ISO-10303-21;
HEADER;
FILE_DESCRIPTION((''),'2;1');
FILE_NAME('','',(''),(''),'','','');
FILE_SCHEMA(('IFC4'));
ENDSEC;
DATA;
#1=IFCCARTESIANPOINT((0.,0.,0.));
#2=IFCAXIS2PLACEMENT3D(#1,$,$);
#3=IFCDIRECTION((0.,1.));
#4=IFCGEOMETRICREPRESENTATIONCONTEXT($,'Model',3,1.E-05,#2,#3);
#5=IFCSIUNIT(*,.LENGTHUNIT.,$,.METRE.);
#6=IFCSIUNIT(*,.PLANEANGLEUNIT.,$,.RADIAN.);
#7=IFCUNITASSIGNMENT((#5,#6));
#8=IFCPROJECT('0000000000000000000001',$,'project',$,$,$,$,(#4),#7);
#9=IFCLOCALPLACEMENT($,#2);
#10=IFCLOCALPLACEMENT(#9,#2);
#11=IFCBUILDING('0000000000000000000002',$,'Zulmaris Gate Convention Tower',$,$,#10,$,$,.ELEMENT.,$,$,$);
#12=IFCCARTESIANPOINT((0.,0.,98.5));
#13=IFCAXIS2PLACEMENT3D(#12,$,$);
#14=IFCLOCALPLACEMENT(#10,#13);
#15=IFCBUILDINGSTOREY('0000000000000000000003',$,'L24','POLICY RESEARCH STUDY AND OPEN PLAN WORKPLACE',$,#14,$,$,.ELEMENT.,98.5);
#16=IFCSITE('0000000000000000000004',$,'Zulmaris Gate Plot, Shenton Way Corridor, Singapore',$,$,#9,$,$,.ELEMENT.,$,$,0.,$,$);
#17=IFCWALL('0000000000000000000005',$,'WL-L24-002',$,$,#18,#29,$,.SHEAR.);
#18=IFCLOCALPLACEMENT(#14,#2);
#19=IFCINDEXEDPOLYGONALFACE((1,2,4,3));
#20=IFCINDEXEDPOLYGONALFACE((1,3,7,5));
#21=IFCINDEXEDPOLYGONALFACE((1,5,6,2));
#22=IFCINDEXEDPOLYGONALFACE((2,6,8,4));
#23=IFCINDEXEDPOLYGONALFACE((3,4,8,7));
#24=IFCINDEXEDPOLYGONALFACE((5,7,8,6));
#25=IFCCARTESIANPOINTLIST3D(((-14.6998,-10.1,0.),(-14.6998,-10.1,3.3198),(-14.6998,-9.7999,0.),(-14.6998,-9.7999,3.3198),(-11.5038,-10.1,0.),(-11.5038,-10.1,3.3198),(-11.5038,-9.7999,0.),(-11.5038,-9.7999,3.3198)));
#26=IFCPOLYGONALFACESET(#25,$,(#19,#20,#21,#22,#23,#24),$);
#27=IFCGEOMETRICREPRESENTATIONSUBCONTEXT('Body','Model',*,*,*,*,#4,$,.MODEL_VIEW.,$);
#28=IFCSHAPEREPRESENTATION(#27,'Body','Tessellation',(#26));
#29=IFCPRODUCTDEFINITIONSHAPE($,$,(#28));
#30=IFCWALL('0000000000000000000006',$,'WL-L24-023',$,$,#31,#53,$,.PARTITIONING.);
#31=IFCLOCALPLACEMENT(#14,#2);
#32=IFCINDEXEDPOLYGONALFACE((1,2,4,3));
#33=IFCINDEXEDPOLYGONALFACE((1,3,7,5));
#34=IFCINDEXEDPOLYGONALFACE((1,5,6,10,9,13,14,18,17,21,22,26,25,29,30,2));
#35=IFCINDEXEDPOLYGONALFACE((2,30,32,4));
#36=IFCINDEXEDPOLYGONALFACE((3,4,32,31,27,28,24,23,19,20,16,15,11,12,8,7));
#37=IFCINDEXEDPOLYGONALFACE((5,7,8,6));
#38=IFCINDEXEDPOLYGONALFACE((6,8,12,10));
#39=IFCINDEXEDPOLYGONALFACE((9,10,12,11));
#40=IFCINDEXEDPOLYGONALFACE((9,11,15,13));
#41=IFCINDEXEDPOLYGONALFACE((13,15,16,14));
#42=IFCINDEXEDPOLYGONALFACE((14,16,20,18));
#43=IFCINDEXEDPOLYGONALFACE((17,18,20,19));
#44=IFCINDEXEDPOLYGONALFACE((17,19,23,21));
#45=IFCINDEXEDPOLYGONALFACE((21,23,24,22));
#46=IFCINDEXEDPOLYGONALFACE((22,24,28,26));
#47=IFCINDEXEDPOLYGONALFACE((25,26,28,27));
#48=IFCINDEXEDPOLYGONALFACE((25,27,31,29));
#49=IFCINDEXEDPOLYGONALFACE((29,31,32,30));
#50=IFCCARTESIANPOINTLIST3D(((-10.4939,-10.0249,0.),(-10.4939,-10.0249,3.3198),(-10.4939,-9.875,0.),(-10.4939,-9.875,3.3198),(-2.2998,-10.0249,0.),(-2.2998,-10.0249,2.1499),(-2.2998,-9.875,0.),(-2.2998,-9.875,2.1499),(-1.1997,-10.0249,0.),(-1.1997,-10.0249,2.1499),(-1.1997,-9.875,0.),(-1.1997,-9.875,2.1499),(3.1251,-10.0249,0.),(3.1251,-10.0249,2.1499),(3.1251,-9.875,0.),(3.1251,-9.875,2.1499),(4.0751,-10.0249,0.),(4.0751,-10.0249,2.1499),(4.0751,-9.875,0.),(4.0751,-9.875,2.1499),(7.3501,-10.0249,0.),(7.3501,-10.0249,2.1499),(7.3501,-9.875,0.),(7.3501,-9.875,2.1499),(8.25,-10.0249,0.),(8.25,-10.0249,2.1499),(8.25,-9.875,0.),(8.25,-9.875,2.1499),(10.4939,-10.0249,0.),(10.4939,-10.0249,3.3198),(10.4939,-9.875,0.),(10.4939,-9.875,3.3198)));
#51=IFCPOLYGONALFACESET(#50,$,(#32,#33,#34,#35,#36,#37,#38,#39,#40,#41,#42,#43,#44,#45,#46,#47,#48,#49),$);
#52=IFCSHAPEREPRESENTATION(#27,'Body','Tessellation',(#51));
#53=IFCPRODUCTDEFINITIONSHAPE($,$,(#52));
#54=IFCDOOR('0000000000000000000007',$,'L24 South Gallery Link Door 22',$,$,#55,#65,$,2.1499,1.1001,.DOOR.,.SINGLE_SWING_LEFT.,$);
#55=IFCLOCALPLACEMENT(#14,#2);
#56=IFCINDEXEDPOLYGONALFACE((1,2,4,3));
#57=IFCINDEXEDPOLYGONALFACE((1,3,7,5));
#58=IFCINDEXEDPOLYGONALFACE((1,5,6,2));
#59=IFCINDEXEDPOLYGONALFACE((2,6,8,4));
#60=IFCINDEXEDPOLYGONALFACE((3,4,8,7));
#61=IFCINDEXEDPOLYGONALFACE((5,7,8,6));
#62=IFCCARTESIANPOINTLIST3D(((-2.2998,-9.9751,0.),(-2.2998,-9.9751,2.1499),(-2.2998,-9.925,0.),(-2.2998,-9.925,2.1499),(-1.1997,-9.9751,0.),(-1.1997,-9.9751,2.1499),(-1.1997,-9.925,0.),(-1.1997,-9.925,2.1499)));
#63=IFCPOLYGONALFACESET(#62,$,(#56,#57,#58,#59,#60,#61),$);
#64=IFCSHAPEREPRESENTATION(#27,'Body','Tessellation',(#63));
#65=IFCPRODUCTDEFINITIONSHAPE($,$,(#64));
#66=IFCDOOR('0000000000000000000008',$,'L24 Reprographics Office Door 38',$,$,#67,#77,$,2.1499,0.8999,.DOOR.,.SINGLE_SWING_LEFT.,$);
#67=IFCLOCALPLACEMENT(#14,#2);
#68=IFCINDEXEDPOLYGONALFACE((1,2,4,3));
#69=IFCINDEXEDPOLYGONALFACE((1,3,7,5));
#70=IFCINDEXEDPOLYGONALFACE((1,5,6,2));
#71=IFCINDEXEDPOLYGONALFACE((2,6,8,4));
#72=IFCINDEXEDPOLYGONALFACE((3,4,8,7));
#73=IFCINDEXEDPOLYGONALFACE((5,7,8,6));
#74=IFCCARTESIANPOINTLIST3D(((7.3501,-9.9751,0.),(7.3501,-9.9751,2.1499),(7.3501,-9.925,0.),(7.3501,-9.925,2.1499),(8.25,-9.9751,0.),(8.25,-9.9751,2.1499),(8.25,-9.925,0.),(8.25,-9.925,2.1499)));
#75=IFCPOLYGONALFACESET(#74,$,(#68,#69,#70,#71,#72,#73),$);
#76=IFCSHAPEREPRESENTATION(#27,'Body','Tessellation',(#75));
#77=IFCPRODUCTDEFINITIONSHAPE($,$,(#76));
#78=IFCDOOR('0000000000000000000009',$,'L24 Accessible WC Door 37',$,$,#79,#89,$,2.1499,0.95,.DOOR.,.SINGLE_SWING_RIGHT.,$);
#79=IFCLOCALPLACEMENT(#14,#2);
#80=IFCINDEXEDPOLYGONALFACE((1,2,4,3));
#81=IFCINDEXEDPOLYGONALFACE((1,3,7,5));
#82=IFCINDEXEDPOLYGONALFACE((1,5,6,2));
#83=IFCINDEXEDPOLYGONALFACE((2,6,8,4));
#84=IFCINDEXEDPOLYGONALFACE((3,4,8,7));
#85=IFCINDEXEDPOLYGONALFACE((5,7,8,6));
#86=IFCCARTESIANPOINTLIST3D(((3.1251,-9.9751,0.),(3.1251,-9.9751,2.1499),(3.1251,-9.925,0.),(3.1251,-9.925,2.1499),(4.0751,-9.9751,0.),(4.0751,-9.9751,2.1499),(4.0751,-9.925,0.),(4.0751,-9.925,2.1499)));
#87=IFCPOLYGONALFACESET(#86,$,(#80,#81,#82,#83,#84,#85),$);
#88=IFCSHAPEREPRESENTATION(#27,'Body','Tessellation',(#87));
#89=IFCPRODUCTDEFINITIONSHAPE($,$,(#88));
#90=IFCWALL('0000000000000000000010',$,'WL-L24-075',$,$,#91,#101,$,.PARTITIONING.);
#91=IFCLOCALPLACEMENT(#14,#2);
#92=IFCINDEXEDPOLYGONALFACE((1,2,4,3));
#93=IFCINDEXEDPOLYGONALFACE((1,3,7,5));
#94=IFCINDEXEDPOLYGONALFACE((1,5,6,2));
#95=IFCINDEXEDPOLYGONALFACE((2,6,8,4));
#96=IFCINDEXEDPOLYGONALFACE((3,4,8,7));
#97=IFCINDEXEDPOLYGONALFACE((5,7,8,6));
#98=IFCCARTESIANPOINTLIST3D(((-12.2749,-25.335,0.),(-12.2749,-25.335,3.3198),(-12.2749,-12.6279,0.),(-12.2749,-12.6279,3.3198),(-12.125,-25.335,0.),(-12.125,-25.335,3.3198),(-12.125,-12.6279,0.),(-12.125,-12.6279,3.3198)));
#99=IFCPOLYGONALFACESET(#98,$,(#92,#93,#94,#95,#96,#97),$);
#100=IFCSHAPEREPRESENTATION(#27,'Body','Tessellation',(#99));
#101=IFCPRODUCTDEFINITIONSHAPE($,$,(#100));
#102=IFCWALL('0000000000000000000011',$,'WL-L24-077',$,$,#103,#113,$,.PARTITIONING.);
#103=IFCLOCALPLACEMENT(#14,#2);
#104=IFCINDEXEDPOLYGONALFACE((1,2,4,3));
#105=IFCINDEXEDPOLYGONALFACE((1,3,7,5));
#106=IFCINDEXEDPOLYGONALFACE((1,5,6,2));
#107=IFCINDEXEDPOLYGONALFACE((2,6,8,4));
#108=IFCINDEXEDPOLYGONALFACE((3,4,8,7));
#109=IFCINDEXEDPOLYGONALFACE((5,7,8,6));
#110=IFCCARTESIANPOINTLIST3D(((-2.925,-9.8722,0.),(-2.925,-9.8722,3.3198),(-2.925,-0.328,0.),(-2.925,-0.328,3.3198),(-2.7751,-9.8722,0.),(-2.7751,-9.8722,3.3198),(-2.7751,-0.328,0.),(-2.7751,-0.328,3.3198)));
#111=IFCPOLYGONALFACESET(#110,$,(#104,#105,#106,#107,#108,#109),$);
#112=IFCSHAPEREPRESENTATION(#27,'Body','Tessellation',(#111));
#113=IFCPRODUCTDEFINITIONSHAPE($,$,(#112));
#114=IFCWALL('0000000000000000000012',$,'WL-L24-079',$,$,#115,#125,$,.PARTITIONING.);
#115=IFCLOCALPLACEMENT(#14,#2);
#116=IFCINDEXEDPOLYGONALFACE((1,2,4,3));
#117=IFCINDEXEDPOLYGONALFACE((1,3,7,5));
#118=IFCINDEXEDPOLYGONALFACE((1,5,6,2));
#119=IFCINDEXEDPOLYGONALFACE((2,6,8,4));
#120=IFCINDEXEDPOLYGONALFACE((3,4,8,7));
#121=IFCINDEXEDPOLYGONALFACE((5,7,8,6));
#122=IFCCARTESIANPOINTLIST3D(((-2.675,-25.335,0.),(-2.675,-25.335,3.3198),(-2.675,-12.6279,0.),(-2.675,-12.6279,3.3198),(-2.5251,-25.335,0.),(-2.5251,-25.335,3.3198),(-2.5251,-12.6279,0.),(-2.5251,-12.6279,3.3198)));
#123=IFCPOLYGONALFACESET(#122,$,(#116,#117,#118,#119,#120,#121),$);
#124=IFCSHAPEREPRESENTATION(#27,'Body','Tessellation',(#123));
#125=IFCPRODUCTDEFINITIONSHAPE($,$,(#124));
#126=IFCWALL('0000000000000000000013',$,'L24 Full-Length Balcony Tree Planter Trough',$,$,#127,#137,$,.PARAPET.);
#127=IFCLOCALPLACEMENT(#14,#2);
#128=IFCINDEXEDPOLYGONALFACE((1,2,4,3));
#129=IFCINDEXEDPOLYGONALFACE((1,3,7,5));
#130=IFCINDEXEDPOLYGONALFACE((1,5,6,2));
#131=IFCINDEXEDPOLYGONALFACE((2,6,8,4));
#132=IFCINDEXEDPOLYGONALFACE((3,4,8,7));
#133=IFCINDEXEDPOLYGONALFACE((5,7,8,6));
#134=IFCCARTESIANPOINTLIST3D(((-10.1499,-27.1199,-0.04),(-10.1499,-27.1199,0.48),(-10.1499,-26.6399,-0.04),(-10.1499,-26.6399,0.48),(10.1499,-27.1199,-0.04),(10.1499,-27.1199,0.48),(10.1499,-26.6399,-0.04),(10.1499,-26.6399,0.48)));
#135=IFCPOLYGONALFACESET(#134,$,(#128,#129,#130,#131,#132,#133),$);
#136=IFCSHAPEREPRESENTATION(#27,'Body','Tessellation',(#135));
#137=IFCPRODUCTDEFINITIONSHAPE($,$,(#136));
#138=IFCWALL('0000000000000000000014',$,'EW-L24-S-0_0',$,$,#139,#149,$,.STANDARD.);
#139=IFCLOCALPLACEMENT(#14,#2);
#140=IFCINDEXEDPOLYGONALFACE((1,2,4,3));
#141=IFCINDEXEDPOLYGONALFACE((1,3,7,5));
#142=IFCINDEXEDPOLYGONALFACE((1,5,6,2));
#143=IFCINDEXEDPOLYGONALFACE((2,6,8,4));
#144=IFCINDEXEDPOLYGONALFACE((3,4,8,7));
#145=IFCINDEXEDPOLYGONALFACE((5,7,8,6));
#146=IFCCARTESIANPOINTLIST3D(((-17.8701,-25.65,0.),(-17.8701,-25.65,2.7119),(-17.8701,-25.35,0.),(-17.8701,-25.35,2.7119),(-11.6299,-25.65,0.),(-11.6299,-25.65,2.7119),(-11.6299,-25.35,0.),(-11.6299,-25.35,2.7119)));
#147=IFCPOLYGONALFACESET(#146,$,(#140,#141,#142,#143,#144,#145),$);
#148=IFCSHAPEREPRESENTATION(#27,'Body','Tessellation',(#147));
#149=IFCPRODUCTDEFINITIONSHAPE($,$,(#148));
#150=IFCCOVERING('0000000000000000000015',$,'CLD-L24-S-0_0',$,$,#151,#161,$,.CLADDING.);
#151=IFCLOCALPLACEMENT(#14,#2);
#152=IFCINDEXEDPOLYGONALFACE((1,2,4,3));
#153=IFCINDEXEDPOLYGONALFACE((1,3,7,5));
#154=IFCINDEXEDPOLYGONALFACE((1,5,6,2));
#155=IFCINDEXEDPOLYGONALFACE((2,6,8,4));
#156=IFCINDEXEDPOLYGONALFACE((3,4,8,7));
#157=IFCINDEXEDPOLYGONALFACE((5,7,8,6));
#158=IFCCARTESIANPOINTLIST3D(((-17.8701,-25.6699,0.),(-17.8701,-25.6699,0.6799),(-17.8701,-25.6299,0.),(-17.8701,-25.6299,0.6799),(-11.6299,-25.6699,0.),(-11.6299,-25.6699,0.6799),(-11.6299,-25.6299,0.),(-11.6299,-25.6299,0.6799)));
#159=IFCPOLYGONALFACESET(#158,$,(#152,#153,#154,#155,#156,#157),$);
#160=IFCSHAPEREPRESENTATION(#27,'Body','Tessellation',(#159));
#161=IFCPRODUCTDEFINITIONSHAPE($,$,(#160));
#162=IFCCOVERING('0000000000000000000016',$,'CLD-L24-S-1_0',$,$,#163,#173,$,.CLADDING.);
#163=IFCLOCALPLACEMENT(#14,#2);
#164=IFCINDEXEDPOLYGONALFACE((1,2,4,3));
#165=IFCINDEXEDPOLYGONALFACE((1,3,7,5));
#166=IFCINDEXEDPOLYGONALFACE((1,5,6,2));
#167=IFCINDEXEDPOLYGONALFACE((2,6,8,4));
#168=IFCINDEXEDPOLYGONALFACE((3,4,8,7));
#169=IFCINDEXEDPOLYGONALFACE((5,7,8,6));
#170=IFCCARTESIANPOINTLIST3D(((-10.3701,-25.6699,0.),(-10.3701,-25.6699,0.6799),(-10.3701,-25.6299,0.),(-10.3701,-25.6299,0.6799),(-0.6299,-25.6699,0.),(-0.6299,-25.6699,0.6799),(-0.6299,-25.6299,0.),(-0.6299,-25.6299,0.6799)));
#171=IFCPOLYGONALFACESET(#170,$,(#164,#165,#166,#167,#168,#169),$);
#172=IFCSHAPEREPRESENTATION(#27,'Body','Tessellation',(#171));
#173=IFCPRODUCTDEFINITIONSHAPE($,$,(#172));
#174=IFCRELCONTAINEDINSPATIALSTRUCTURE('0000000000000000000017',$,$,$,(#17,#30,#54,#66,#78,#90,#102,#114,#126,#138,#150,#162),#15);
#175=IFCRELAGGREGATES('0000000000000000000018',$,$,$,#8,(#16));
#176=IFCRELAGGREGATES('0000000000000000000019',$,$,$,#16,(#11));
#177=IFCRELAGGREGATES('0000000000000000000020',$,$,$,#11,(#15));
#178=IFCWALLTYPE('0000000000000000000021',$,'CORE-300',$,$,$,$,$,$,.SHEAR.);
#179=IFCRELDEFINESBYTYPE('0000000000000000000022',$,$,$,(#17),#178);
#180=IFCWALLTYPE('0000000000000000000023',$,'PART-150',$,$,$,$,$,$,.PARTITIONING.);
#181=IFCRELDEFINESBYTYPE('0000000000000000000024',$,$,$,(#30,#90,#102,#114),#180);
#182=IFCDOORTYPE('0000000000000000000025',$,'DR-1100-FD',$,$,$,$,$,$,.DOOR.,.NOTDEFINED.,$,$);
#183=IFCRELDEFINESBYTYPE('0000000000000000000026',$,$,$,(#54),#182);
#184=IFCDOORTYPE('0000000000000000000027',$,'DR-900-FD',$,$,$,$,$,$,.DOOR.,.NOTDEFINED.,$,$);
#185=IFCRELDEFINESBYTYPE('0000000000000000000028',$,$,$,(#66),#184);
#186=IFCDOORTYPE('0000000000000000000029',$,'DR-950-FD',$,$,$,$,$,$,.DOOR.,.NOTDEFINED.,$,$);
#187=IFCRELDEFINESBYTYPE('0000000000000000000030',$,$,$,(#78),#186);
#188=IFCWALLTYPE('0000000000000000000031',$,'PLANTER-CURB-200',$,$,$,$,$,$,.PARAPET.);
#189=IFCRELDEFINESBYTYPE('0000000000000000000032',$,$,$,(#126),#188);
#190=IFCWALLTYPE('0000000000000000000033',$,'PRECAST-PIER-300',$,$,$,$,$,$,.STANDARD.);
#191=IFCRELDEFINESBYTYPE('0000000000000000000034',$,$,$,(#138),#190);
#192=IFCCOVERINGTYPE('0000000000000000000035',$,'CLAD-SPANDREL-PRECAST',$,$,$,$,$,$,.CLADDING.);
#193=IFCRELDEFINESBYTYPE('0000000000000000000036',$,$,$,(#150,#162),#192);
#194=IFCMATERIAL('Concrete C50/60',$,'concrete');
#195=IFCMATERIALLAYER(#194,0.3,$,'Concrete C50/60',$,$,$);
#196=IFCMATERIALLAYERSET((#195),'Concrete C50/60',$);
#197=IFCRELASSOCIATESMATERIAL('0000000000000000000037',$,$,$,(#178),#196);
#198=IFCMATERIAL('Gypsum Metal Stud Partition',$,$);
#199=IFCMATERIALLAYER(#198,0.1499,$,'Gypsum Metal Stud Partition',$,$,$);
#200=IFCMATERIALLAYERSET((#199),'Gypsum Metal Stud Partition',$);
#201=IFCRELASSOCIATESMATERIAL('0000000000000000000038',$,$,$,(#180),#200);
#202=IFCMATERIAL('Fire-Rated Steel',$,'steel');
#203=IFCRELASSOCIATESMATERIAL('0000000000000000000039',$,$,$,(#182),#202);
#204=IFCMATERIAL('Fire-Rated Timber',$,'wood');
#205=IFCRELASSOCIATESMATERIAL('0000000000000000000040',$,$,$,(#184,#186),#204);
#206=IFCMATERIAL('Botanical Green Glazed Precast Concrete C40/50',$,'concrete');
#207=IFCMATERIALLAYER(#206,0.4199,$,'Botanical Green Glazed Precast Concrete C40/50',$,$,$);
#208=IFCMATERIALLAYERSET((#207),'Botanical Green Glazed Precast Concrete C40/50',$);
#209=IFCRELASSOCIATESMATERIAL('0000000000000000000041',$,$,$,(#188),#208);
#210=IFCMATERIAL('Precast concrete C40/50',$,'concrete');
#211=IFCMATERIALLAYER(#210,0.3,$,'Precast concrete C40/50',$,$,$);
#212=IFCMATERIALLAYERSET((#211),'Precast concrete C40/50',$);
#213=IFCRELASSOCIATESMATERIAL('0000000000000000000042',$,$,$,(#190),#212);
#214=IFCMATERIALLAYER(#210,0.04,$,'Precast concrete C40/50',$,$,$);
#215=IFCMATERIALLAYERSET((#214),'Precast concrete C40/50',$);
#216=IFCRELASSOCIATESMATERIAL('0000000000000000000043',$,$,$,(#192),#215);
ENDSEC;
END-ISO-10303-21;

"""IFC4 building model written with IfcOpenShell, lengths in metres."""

from ifc_helpers import new_model, si_unit, direction, frame, frame_2d, origin, place, context, subcontext, project, spatial, rectangle, extrude, material, layer, layer_set, type_object, element, fill, save


model = new_model("IFC4")

# Units and contexts
model_context = context("Model", 3, precision=1e-05, world=origin(), true_north=direction((0.0, 1.0)))
body_context = subcontext(model_context, "Body", "Model", "MODEL_VIEW")
ifc_project = project(units=[si_unit("LENGTHUNIT", "METRE"), si_unit("PLANEANGLEUNIT", "RADIAN")], contexts=[model_context])

# Site, building, storey
site_placement = place(None, origin())
site = spatial("IfcSite", under=ifc_project, at=site_placement, Name="Zulmaris Gate Plot, Shenton Way Corridor, Singapore", CompositionType="ELEMENT", RefElevation=0.0)
building_placement = place(site_placement, origin())
building = spatial("IfcBuilding", under=site, at=building_placement, Name="Zulmaris Gate Convention Tower", CompositionType="ELEMENT")
storey_placement = place(building_placement, frame((0.0, 0.0, 98.5)))
storey = spatial("IfcBuildingStorey", under=building, at=storey_placement, Name="L24", Description="POLICY RESEARCH STUDY AND OPEN PLAN WORKPLACE", CompositionType="ELEMENT", Elevation=98.5)

# Wall
ifc_material_1 = material(Name="Concrete C50/60", Category="concrete")
ifc_layer_1 = layer(ifc_material_1, 0.3, Name="Concrete C50/60")
ifc_layer_set_1 = layer_set([ifc_layer_1], Name="Concrete C50/60")
wall_type_1 = type_object("IfcWallType", Name="CORE-300", PredefinedType="SHEAR", material=ifc_layer_set_1)
wall_1_placement = place(storey_placement, frame((-14.7, -9.95, 0.0), z_axis=(0.0, 0.0, 1.0), x_axis=(1.0, 0.0, 0.0)))
element("IfcWall", 1, at=wall_1_placement, inside=storey, type_object=wall_type_1, Name="WL-L24-002", PredefinedType="SHEAR", context=body_context, shape_type="SweptSolid", body=[
    extrude(rectangle(XDim=3.196, YDim=0.3, at=frame_2d((1.5981, 0.0))), origin(), (0.0, 0.0, 1.0), 3.3198),
])

# Wall, openings, doors
ifc_material_2 = material(Name="Gypsum Metal Stud Partition")
ifc_layer_2 = layer(ifc_material_2, 0.1499, Name="Gypsum Metal Stud Partition")
ifc_layer_set_2 = layer_set([ifc_layer_2], Name="Gypsum Metal Stud Partition")
wall_type_2 = type_object("IfcWallType", Name="PART-150", PredefinedType="PARTITIONING", material=ifc_layer_set_2)
wall_2_placement = place(storey_placement, frame((-10.4939, -9.95, 0.0), z_axis=(0.0, 0.0, 1.0), x_axis=(1.0, 0.0, 0.0)))
wall_2 = element("IfcWall", 2, at=wall_2_placement, inside=storey, type_object=wall_type_2, Name="WL-L24-023", PredefinedType="PARTITIONING", context=body_context, shape_type="SweptSolid", body=[
    extrude(rectangle(XDim=20.9878, YDim=0.1499, at=frame_2d((10.4939, 0.0))), origin(), (0.0, 0.0, 1.0), 3.3198),
])
opening_1_placement = place(wall_2_placement, frame((8.1941, 0.0, 0.0)))
opening_1 = element("IfcOpeningElement", 3, at=opening_1_placement, cuts=wall_2, PredefinedType="OPENING", context=body_context, shape_type="SweptSolid", body=[
    extrude(rectangle(XDim=1.1001, YDim=2.1499, at=frame_2d((0.55, 1.075))), frame((0.0, 0.085, 0.0), z_axis=(0.0, -1.0, 0.0), x_axis=(1.0, 0.0, 0.0)), (0.0, 0.0, 1.0), 0.1699),
])
opening_2_placement = place(wall_2_placement, frame((13.6189, 0.0, 0.0)))
opening_2 = element("IfcOpeningElement", 4, at=opening_2_placement, cuts=wall_2, PredefinedType="OPENING", context=body_context, shape_type="SweptSolid", body=[
    extrude(rectangle(XDim=0.95, YDim=2.1499, at=frame_2d((0.4751, 1.075))), frame((0.0, 0.085, 0.0), z_axis=(0.0, -1.0, 0.0), x_axis=(1.0, 0.0, 0.0)), (0.0, 0.0, 1.0), 0.1699),
])
opening_3_placement = place(wall_2_placement, frame((17.844, 0.0, 0.0)))
opening_3 = element("IfcOpeningElement", 5, at=opening_3_placement, cuts=wall_2, PredefinedType="OPENING", context=body_context, shape_type="SweptSolid", body=[
    extrude(rectangle(XDim=0.8999, YDim=2.1499, at=frame_2d((0.45, 1.075))), frame((0.0, 0.085, 0.0), z_axis=(0.0, -1.0, 0.0), x_axis=(1.0, 0.0, 0.0)), (0.0, 0.0, 1.0), 0.1699),
])
ifc_material_3 = material(Name="Fire-Rated Steel", Category="steel")
door_type_1 = type_object("IfcDoorType", Name="DR-1100-FD", OperationType="NOTDEFINED", PredefinedType="DOOR", material=ifc_material_3)
door_1_placement = place(opening_1_placement, origin())
door_1 = element("IfcDoor", 6, at=door_1_placement, inside=storey, type_object=door_type_1, Name="L24 South Gallery Link Door 22", OperationType="SINGLE_SWING_LEFT", OverallHeight=2.1499, OverallWidth=1.1001, PredefinedType="DOOR", context=body_context, shape_type="SweptSolid", body=[
    extrude(rectangle(XDim=1.1001, YDim=2.1499, at=frame_2d((0.55, 1.075))), frame((0.0, 0.0249, 0.0), z_axis=(0.0, -1.0, 0.0), x_axis=(1.0, 0.0, 0.0)), (0.0, 0.0, 1.0), 0.05),
])
fill(opening_1, door_1)
ifc_material_4 = material(Name="Fire-Rated Timber", Category="wood")
door_type_2 = type_object("IfcDoorType", Name="DR-900-FD", OperationType="NOTDEFINED", PredefinedType="DOOR", material=ifc_material_4)
door_2_placement = place(opening_3_placement, origin())
door_2 = element("IfcDoor", 7, at=door_2_placement, inside=storey, type_object=door_type_2, Name="L24 Reprographics Office Door 38", OperationType="SINGLE_SWING_LEFT", OverallHeight=2.1499, OverallWidth=0.8999, PredefinedType="DOOR", context=body_context, shape_type="SweptSolid", body=[
    extrude(rectangle(XDim=0.8999, YDim=2.1499, at=frame_2d((0.45, 1.075))), frame((0.0, 0.0249, 0.0), z_axis=(0.0, -1.0, 0.0), x_axis=(1.0, 0.0, 0.0)), (0.0, 0.0, 1.0), 0.05),
])
fill(opening_3, door_2)
door_type_3 = type_object("IfcDoorType", Name="DR-950-FD", OperationType="NOTDEFINED", PredefinedType="DOOR", material=ifc_material_4)
door_3_placement = place(opening_2_placement, origin())
door_3 = element("IfcDoor", 8, at=door_3_placement, inside=storey, type_object=door_type_3, Name="L24 Accessible WC Door 37", OperationType="SINGLE_SWING_RIGHT", OverallHeight=2.1499, OverallWidth=0.95, PredefinedType="DOOR", context=body_context, shape_type="SweptSolid", body=[
    extrude(rectangle(XDim=0.95, YDim=2.1499, at=frame_2d((0.4751, 1.075))), frame((0.0, 0.0249, 0.0), z_axis=(0.0, -1.0, 0.0), x_axis=(1.0, 0.0, 0.0)), (0.0, 0.0, 1.0), 0.05),
])
fill(opening_2, door_3)

# Walls
wall_3_placement = place(storey_placement, frame((-12.2, -25.335, 0.0), z_axis=(0.0, 0.0, 1.0), x_axis=(0.0, 1.0, 0.0)))
element("IfcWall", 9, at=wall_3_placement, inside=storey, type_object=wall_type_2, Name="WL-L24-075", PredefinedType="PARTITIONING", context=body_context, shape_type="SweptSolid", body=[
    extrude(rectangle(XDim=12.707, YDim=0.1499, at=frame_2d((6.3535, 0.0))), origin(), (0.0, 0.0, 1.0), 3.3198),
])
wall_4_placement = place(storey_placement, frame((-2.8501, -9.8721, 0.0), z_axis=(0.0, 0.0, 1.0), x_axis=(0.0, 1.0, 0.0)))
element("IfcWall", 10, at=wall_4_placement, inside=storey, type_object=wall_type_2, Name="WL-L24-077", PredefinedType="PARTITIONING", context=body_context, shape_type="SweptSolid", body=[
    extrude(rectangle(XDim=9.5442, YDim=0.1499, at=frame_2d((4.772, 0.0))), origin(), (0.0, 0.0, 1.0), 3.3198),
])
wall_5_placement = place(storey_placement, frame((-2.6001, -25.335, 0.0), z_axis=(0.0, 0.0, 1.0), x_axis=(0.0, 1.0, 0.0)))
element("IfcWall", 11, at=wall_5_placement, inside=storey, type_object=wall_type_2, Name="WL-L24-079", PredefinedType="PARTITIONING", context=body_context, shape_type="SweptSolid", body=[
    extrude(rectangle(XDim=12.707, YDim=0.1499, at=frame_2d((6.3535, 0.0))), origin(), (0.0, 0.0, 1.0), 3.3198),
])

# Walls
ifc_material_5 = material(Name="Botanical Green Glazed Precast Concrete C40/50", Category="concrete")
ifc_layer_3 = layer(ifc_material_5, 0.4199, Name="Botanical Green Glazed Precast Concrete C40/50")
ifc_layer_set_3 = layer_set([ifc_layer_3], Name="Botanical Green Glazed Precast Concrete C40/50")
wall_type_3 = type_object("IfcWallType", Name="PLANTER-CURB-200", PredefinedType="PARAPET", material=ifc_layer_set_3)
wall_6_placement = place(storey_placement, frame((-10.1499, -26.8799, -0.04), z_axis=(0.0, 0.0, 1.0), x_axis=(1.0, 0.0, 0.0)))
element("IfcWall", 12, at=wall_6_placement, inside=storey, type_object=wall_type_3, Name="L24 Full-Length Balcony Tree Planter Trough", PredefinedType="PARAPET", context=body_context, shape_type="SweptSolid", body=[
    extrude(rectangle(XDim=20.2998, YDim=0.48, at=frame_2d((10.1499, 0.0))), origin(), (0.0, 0.0, 1.0), 0.52),
])
ifc_material_6 = material(Name="Precast concrete C40/50", Category="concrete")
ifc_layer_4 = layer(ifc_material_6, 0.3, Name="Precast concrete C40/50")
ifc_layer_set_4 = layer_set([ifc_layer_4], Name="Precast concrete C40/50")
wall_type_4 = type_object("IfcWallType", Name="PRECAST-PIER-300", PredefinedType="STANDARD", material=ifc_layer_set_4)
wall_7_placement = place(storey_placement, frame((-17.8701, -25.5, 0.0), z_axis=(0.0, 0.0, 1.0), x_axis=(1.0, 0.0, 0.0)))
element("IfcWall", 13, at=wall_7_placement, inside=storey, type_object=wall_type_4, Name="EW-L24-S-0_0", PredefinedType="STANDARD", context=body_context, shape_type="SweptSolid", body=[
    extrude(rectangle(XDim=6.2402, YDim=0.3, at=frame_2d((3.1201, 0.0))), origin(), (0.0, 0.0, 1.0), 2.7119),
])

# Coverings
ifc_layer_5 = layer(ifc_material_6, 0.04, Name="Precast concrete C40/50")
ifc_layer_set_5 = layer_set([ifc_layer_5], Name="Precast concrete C40/50")
covering_type = type_object("IfcCoveringType", Name="CLAD-SPANDREL-PRECAST", PredefinedType="CLADDING", material=ifc_layer_set_5)
covering_1_placement = place(storey_placement, frame((-17.8701, -25.6499, 0.0), z_axis=(0.0, 0.0, 1.0), x_axis=(1.0, 0.0, 0.0)))
element("IfcCovering", 14, at=covering_1_placement, inside=storey, type_object=covering_type, Name="CLD-L24-S-0_0", PredefinedType="CLADDING", context=body_context, shape_type="SweptSolid", body=[
    extrude(rectangle(XDim=6.2402, YDim=0.04, at=frame_2d((3.1201, 0.0))), origin(), (0.0, 0.0, 1.0), 0.6799),
])
covering_2_placement = place(storey_placement, frame((-10.3701, -25.6499, 0.0), z_axis=(0.0, 0.0, 1.0), x_axis=(1.0, 0.0, 0.0)))
element("IfcCovering", 15, at=covering_2_placement, inside=storey, type_object=covering_type, Name="CLD-L24-S-1_0", PredefinedType="CLADDING", context=body_context, shape_type="SweptSolid", body=[
    extrude(rectangle(XDim=9.7402, YDim=0.04, at=frame_2d((4.8701, 0.0))), origin(), (0.0, 0.0, 1.0), 0.6799),
])

save(model, "model.ifc")
